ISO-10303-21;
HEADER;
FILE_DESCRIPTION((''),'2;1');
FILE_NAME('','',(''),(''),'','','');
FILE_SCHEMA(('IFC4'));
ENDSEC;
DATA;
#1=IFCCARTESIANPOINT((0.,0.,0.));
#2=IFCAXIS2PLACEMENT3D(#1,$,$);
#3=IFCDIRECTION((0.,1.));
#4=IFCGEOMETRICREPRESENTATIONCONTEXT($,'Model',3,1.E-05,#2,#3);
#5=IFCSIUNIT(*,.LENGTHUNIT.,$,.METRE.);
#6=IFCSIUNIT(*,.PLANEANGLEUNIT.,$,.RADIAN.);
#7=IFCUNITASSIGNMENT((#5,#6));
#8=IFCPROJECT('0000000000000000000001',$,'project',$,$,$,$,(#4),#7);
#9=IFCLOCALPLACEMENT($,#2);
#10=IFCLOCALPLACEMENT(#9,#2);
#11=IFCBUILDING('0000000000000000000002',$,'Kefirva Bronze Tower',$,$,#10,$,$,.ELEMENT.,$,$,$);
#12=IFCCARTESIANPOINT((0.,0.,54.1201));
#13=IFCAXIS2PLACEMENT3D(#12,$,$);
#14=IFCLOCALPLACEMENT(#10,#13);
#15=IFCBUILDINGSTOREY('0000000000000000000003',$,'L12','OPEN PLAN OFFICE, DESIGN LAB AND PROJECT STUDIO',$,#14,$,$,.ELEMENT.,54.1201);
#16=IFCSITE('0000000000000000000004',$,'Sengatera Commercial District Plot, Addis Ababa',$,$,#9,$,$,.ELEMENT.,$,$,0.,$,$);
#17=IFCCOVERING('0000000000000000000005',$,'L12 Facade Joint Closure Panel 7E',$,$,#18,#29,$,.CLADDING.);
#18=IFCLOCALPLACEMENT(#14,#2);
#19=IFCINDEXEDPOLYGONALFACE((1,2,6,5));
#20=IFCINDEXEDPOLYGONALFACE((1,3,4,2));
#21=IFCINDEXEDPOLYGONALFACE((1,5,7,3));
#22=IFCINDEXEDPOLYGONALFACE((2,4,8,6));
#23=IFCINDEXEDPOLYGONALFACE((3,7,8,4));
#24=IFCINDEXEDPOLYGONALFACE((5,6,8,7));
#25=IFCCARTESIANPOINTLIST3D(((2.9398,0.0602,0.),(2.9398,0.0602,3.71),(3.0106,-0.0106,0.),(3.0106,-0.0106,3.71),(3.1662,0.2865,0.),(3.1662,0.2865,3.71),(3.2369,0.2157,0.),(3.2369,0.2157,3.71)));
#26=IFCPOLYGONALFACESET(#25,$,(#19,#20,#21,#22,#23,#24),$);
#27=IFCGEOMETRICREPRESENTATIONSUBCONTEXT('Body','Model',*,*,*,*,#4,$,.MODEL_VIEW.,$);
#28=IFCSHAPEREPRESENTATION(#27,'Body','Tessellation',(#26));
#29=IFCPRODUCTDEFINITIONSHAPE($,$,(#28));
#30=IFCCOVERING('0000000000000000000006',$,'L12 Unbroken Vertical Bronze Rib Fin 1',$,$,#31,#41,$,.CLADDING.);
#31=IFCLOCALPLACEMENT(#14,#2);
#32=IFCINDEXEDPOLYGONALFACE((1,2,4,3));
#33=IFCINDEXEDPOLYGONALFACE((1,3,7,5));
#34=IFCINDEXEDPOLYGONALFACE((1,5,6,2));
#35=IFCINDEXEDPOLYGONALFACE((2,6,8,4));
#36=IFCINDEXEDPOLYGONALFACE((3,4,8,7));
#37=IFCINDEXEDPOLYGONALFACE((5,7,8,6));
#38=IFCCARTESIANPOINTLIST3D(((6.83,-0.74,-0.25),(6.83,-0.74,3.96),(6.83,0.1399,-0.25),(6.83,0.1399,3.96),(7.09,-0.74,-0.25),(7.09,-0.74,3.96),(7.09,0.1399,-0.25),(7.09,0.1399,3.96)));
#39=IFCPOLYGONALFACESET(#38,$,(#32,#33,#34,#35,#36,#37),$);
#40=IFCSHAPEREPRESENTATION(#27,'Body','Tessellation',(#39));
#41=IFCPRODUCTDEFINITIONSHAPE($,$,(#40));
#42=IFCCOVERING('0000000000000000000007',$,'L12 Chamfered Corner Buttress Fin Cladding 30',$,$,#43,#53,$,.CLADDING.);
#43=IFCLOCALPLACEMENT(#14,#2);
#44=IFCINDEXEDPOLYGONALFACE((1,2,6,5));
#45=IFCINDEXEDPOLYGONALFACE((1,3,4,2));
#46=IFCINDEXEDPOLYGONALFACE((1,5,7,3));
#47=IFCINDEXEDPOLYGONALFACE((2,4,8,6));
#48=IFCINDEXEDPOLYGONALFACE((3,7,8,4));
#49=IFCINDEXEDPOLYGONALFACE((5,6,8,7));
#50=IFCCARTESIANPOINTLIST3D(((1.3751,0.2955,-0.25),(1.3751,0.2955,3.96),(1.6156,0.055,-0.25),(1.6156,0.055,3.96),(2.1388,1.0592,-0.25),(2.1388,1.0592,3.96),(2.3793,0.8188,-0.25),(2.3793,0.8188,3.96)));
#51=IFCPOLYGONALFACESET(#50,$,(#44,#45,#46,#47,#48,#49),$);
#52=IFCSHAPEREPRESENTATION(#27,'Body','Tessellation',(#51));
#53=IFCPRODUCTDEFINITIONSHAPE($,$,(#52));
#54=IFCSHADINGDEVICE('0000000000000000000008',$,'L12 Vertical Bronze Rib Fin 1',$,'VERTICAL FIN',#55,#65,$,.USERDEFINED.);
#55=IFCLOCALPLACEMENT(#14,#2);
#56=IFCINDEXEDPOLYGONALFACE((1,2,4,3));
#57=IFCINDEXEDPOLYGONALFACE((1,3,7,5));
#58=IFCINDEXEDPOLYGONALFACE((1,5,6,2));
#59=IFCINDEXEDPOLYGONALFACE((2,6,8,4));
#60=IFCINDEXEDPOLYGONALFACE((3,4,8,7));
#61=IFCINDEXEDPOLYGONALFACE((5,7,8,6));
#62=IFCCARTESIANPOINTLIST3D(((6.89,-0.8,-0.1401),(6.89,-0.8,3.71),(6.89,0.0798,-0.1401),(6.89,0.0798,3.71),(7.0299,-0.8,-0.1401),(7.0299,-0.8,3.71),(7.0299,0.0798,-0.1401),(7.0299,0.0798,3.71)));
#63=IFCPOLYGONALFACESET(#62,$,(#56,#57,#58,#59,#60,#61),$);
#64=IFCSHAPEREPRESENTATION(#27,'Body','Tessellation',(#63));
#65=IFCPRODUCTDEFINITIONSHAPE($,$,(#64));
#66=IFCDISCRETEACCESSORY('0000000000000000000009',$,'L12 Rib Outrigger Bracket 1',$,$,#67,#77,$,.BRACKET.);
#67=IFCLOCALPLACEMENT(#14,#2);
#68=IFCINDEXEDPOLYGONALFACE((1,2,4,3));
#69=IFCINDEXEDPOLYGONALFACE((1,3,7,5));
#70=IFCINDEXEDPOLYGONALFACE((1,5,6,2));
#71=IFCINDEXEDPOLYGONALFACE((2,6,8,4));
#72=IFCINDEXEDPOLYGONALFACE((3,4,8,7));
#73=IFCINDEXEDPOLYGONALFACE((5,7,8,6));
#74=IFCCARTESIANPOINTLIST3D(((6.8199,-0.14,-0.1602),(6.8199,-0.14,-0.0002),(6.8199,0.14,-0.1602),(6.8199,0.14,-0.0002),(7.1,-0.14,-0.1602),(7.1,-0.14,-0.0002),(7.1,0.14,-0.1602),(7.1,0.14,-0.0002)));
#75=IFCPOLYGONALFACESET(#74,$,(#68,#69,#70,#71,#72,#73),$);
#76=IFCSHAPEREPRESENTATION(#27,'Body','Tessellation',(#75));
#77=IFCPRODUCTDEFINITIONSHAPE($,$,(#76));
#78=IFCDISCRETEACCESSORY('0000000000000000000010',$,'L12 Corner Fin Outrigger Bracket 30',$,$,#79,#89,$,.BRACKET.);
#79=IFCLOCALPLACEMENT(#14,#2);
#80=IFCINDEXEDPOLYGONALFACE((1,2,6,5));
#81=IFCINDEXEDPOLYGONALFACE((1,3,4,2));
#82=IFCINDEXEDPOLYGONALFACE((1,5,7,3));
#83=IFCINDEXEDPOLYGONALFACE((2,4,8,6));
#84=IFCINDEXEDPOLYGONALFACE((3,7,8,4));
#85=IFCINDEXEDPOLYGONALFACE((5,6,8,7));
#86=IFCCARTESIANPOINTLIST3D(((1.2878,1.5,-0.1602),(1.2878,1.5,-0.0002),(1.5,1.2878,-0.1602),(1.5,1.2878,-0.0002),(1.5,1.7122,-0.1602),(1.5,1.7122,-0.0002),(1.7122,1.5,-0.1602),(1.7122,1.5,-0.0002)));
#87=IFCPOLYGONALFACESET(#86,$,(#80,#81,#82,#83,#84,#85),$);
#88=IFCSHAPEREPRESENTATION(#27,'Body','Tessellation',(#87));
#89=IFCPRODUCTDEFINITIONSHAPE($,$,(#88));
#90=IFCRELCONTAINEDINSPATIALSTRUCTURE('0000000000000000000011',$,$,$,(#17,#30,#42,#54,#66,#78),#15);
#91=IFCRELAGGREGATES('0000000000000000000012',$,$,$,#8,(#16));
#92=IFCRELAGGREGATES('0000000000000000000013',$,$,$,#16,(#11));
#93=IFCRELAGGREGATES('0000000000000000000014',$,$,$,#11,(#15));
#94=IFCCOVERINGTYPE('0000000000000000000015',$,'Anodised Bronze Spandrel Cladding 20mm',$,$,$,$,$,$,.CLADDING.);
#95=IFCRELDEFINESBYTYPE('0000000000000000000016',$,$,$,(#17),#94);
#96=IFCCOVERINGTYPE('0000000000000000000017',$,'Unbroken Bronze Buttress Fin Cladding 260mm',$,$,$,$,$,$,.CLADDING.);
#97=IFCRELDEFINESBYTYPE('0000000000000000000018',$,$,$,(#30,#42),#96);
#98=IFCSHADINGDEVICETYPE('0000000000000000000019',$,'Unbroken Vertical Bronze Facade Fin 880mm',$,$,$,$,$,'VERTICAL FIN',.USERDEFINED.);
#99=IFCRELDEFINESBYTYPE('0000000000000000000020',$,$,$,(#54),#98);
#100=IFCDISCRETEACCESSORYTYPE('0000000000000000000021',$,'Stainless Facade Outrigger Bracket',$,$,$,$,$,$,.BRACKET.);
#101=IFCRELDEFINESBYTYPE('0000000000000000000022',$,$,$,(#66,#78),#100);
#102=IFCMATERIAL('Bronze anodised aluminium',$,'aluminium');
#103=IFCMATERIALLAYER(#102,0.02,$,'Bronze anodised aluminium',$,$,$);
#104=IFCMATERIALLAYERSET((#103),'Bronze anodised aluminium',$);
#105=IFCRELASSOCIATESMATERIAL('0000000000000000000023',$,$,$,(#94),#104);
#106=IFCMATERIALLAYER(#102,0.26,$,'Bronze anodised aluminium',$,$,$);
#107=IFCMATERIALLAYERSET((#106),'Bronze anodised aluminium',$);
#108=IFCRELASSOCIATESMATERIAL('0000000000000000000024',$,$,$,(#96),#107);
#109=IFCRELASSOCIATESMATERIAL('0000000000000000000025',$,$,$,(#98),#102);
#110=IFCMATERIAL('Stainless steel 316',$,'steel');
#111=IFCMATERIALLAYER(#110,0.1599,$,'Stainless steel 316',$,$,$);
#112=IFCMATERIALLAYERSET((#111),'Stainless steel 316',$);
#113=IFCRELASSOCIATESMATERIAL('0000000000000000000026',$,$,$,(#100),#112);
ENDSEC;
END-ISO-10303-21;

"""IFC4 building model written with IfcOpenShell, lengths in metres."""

from ifc_helpers import new_model, si_unit, direction, frame, origin, origin_2d, place, context, subcontext, project, spatial, rectangle, extrude, material, layer, layer_set, material_profile, profile_set, type_object, element, save


model = new_model("IFC4")

# Units and contexts
model_context = context("Model", 3, precision=1e-05, world=origin(), true_north=direction((0.0, 1.0)))
body_context = subcontext(model_context, "Body", "Model", "MODEL_VIEW")
ifc_project = project(units=[si_unit("LENGTHUNIT", "METRE"), si_unit("PLANEANGLEUNIT", "RADIAN")], contexts=[model_context])

# Site, building, storey
site_placement = place(None, origin())
site = spatial("IfcSite", under=ifc_project, at=site_placement, Name="Sengatera Commercial District Plot, Addis Ababa", CompositionType="ELEMENT", RefElevation=0.0)
building_placement = place(site_placement, origin())
building = spatial("IfcBuilding", under=site, at=building_placement, Name="Kefirva Bronze Tower", CompositionType="ELEMENT")
storey_placement = place(building_placement, frame((0.0, 0.0, 54.1201)))
storey = spatial("IfcBuildingStorey", under=building, at=storey_placement, Name="L12", Description="OPEN PLAN OFFICE, DESIGN LAB AND PROJECT STUDIO", CompositionType="ELEMENT", Elevation=54.1201)

# Shared definitions
ifc_material_1 = material(Name="Bronze anodised aluminium", Category="aluminium")

# Coverings
ifc_layer_1 = layer(ifc_material_1, 0.02, Name="Bronze anodised aluminium")
ifc_layer_set_1 = layer_set([ifc_layer_1], Name="Bronze anodised aluminium")
covering_type_1 = type_object("IfcCoveringType", Name="Anodised Bronze Spandrel Cladding 20mm", PredefinedType="CLADDING", material=ifc_layer_set_1)
covering_1_placement = place(storey_placement, frame((3.0884, 0.1379, 0.0), z_axis=(0.0, 0.0, 1.0), x_axis=(0.707107, -0.707107, 0.0)))
element("IfcCovering", 1, at=covering_1_placement, inside=storey, type_object=covering_type_1, Name="L12 Facade Joint Closure Panel 7E", PredefinedType="CLADDING", context=body_context, shape_type="SweptSolid", body=[
    extrude(rectangle(XDim=0.1001, YDim=0.3201, at=origin_2d()), origin(), (0.0, 0.0, 1.0), 3.71),
])
ifc_layer_2 = layer(ifc_material_1, 0.26, Name="Bronze anodised aluminium")
ifc_layer_set_2 = layer_set([ifc_layer_2], Name="Bronze anodised aluminium")
covering_type_2 = type_object("IfcCoveringType", Name="Unbroken Bronze Buttress Fin Cladding 260mm", PredefinedType="CLADDING", material=ifc_layer_set_2)
covering_2_placement = place(storey_placement, frame((6.96, -0.3, -0.25), z_axis=(0.0, 0.0, 1.0), x_axis=(1.0, 0.0, 0.0)))
element("IfcCovering", 2, at=covering_2_placement, inside=storey, type_object=covering_type_2, Name="L12 Unbroken Vertical Bronze Rib Fin 1", PredefinedType="CLADDING", context=body_context, shape_type="SweptSolid", body=[
    extrude(rectangle(XDim=0.26, YDim=0.8799, at=origin_2d()), origin(), (0.0, 0.0, 1.0), 4.21),
])
covering_3_placement = place(storey_placement, frame((1.8772, 0.5571, -0.25), z_axis=(0.0, 0.0, 1.0), x_axis=(0.707107, -0.707107, 0.0)))
element("IfcCovering", 3, at=covering_3_placement, inside=storey, type_object=covering_type_2, Name="L12 Chamfered Corner Buttress Fin Cladding 30", PredefinedType="CLADDING", context=body_context, shape_type="SweptSolid", body=[
    extrude(rectangle(XDim=0.3401, YDim=1.0801, at=origin_2d()), origin(), (0.0, 0.0, 1.0), 4.21),
])

# Shading device
ifc_material_profile_1 = material_profile(ifc_material_1, rectangle(XDim=0.1399, YDim=0.8799, at=origin_2d()), Name="BRONZE FIN 140x880")
ifc_profile_set_1 = profile_set([ifc_material_profile_1], Name="Bronze anodised aluminium")
shading_device_type = type_object("IfcShadingDeviceType", Name="Unbroken Vertical Bronze Facade Fin 880mm", ElementType="VERTICAL FIN", PredefinedType="USERDEFINED", material=ifc_profile_set_1)
shading_device_placement = place(storey_placement, frame((6.96, -0.3601, -0.1401), z_axis=(0.0, 0.0, 1.0), x_axis=(1.0, 0.0, 0.0)))
element("IfcShadingDevice", 4, at=shading_device_placement, inside=storey, type_object=shading_device_type, Name="L12 Vertical Bronze Rib Fin 1", ObjectType="VERTICAL FIN", PredefinedType="USERDEFINED", context=body_context, shape_type="SweptSolid", body=[
    extrude(rectangle(XDim=0.1399, YDim=0.8799, at=origin_2d()), origin(), (0.0, 0.0, 1.0), 3.8501),
])

# Discrete accessories
ifc_material_2 = material(Name="Stainless steel 316", Category="steel")
ifc_layer_3 = layer(ifc_material_2, 0.1599, Name="Stainless steel 316")
ifc_layer_set_3 = layer_set([ifc_layer_3], Name="Stainless steel 316")
discrete_accessory_type = type_object("IfcDiscreteAccessoryType", Name="Stainless Facade Outrigger Bracket", PredefinedType="BRACKET", material=ifc_layer_set_3)
discrete_accessory_1_placement = place(storey_placement, frame((6.96, 0.0, -0.1602), z_axis=(0.0, 0.0, 1.0), x_axis=(1.0, 0.0, 0.0)))
element("IfcDiscreteAccessory", 5, at=discrete_accessory_1_placement, inside=storey, type_object=discrete_accessory_type, Name="L12 Rib Outrigger Bracket 1", PredefinedType="BRACKET", context=body_context, shape_type="SweptSolid", body=[
    extrude(rectangle(XDim=0.28, YDim=0.28, at=origin_2d()), origin(), (0.0, 0.0, 1.0), 0.1599),
])
discrete_accessory_2_placement = place(storey_placement, frame((1.5, 1.5, -0.1602), z_axis=(0.0, 0.0, 1.0), x_axis=(0.707107, -0.707107, 0.0)))
element("IfcDiscreteAccessory", 6, at=discrete_accessory_2_placement, inside=storey, type_object=discrete_accessory_type, Name="L12 Corner Fin Outrigger Bracket 30", PredefinedType="BRACKET", context=body_context, shape_type="SweptSolid", body=[
    extrude(rectangle(XDim=0.3, YDim=0.3, at=origin_2d()), origin(), (0.0, 0.0, 1.0), 0.1599),
])

save(model, "model.ifc")
